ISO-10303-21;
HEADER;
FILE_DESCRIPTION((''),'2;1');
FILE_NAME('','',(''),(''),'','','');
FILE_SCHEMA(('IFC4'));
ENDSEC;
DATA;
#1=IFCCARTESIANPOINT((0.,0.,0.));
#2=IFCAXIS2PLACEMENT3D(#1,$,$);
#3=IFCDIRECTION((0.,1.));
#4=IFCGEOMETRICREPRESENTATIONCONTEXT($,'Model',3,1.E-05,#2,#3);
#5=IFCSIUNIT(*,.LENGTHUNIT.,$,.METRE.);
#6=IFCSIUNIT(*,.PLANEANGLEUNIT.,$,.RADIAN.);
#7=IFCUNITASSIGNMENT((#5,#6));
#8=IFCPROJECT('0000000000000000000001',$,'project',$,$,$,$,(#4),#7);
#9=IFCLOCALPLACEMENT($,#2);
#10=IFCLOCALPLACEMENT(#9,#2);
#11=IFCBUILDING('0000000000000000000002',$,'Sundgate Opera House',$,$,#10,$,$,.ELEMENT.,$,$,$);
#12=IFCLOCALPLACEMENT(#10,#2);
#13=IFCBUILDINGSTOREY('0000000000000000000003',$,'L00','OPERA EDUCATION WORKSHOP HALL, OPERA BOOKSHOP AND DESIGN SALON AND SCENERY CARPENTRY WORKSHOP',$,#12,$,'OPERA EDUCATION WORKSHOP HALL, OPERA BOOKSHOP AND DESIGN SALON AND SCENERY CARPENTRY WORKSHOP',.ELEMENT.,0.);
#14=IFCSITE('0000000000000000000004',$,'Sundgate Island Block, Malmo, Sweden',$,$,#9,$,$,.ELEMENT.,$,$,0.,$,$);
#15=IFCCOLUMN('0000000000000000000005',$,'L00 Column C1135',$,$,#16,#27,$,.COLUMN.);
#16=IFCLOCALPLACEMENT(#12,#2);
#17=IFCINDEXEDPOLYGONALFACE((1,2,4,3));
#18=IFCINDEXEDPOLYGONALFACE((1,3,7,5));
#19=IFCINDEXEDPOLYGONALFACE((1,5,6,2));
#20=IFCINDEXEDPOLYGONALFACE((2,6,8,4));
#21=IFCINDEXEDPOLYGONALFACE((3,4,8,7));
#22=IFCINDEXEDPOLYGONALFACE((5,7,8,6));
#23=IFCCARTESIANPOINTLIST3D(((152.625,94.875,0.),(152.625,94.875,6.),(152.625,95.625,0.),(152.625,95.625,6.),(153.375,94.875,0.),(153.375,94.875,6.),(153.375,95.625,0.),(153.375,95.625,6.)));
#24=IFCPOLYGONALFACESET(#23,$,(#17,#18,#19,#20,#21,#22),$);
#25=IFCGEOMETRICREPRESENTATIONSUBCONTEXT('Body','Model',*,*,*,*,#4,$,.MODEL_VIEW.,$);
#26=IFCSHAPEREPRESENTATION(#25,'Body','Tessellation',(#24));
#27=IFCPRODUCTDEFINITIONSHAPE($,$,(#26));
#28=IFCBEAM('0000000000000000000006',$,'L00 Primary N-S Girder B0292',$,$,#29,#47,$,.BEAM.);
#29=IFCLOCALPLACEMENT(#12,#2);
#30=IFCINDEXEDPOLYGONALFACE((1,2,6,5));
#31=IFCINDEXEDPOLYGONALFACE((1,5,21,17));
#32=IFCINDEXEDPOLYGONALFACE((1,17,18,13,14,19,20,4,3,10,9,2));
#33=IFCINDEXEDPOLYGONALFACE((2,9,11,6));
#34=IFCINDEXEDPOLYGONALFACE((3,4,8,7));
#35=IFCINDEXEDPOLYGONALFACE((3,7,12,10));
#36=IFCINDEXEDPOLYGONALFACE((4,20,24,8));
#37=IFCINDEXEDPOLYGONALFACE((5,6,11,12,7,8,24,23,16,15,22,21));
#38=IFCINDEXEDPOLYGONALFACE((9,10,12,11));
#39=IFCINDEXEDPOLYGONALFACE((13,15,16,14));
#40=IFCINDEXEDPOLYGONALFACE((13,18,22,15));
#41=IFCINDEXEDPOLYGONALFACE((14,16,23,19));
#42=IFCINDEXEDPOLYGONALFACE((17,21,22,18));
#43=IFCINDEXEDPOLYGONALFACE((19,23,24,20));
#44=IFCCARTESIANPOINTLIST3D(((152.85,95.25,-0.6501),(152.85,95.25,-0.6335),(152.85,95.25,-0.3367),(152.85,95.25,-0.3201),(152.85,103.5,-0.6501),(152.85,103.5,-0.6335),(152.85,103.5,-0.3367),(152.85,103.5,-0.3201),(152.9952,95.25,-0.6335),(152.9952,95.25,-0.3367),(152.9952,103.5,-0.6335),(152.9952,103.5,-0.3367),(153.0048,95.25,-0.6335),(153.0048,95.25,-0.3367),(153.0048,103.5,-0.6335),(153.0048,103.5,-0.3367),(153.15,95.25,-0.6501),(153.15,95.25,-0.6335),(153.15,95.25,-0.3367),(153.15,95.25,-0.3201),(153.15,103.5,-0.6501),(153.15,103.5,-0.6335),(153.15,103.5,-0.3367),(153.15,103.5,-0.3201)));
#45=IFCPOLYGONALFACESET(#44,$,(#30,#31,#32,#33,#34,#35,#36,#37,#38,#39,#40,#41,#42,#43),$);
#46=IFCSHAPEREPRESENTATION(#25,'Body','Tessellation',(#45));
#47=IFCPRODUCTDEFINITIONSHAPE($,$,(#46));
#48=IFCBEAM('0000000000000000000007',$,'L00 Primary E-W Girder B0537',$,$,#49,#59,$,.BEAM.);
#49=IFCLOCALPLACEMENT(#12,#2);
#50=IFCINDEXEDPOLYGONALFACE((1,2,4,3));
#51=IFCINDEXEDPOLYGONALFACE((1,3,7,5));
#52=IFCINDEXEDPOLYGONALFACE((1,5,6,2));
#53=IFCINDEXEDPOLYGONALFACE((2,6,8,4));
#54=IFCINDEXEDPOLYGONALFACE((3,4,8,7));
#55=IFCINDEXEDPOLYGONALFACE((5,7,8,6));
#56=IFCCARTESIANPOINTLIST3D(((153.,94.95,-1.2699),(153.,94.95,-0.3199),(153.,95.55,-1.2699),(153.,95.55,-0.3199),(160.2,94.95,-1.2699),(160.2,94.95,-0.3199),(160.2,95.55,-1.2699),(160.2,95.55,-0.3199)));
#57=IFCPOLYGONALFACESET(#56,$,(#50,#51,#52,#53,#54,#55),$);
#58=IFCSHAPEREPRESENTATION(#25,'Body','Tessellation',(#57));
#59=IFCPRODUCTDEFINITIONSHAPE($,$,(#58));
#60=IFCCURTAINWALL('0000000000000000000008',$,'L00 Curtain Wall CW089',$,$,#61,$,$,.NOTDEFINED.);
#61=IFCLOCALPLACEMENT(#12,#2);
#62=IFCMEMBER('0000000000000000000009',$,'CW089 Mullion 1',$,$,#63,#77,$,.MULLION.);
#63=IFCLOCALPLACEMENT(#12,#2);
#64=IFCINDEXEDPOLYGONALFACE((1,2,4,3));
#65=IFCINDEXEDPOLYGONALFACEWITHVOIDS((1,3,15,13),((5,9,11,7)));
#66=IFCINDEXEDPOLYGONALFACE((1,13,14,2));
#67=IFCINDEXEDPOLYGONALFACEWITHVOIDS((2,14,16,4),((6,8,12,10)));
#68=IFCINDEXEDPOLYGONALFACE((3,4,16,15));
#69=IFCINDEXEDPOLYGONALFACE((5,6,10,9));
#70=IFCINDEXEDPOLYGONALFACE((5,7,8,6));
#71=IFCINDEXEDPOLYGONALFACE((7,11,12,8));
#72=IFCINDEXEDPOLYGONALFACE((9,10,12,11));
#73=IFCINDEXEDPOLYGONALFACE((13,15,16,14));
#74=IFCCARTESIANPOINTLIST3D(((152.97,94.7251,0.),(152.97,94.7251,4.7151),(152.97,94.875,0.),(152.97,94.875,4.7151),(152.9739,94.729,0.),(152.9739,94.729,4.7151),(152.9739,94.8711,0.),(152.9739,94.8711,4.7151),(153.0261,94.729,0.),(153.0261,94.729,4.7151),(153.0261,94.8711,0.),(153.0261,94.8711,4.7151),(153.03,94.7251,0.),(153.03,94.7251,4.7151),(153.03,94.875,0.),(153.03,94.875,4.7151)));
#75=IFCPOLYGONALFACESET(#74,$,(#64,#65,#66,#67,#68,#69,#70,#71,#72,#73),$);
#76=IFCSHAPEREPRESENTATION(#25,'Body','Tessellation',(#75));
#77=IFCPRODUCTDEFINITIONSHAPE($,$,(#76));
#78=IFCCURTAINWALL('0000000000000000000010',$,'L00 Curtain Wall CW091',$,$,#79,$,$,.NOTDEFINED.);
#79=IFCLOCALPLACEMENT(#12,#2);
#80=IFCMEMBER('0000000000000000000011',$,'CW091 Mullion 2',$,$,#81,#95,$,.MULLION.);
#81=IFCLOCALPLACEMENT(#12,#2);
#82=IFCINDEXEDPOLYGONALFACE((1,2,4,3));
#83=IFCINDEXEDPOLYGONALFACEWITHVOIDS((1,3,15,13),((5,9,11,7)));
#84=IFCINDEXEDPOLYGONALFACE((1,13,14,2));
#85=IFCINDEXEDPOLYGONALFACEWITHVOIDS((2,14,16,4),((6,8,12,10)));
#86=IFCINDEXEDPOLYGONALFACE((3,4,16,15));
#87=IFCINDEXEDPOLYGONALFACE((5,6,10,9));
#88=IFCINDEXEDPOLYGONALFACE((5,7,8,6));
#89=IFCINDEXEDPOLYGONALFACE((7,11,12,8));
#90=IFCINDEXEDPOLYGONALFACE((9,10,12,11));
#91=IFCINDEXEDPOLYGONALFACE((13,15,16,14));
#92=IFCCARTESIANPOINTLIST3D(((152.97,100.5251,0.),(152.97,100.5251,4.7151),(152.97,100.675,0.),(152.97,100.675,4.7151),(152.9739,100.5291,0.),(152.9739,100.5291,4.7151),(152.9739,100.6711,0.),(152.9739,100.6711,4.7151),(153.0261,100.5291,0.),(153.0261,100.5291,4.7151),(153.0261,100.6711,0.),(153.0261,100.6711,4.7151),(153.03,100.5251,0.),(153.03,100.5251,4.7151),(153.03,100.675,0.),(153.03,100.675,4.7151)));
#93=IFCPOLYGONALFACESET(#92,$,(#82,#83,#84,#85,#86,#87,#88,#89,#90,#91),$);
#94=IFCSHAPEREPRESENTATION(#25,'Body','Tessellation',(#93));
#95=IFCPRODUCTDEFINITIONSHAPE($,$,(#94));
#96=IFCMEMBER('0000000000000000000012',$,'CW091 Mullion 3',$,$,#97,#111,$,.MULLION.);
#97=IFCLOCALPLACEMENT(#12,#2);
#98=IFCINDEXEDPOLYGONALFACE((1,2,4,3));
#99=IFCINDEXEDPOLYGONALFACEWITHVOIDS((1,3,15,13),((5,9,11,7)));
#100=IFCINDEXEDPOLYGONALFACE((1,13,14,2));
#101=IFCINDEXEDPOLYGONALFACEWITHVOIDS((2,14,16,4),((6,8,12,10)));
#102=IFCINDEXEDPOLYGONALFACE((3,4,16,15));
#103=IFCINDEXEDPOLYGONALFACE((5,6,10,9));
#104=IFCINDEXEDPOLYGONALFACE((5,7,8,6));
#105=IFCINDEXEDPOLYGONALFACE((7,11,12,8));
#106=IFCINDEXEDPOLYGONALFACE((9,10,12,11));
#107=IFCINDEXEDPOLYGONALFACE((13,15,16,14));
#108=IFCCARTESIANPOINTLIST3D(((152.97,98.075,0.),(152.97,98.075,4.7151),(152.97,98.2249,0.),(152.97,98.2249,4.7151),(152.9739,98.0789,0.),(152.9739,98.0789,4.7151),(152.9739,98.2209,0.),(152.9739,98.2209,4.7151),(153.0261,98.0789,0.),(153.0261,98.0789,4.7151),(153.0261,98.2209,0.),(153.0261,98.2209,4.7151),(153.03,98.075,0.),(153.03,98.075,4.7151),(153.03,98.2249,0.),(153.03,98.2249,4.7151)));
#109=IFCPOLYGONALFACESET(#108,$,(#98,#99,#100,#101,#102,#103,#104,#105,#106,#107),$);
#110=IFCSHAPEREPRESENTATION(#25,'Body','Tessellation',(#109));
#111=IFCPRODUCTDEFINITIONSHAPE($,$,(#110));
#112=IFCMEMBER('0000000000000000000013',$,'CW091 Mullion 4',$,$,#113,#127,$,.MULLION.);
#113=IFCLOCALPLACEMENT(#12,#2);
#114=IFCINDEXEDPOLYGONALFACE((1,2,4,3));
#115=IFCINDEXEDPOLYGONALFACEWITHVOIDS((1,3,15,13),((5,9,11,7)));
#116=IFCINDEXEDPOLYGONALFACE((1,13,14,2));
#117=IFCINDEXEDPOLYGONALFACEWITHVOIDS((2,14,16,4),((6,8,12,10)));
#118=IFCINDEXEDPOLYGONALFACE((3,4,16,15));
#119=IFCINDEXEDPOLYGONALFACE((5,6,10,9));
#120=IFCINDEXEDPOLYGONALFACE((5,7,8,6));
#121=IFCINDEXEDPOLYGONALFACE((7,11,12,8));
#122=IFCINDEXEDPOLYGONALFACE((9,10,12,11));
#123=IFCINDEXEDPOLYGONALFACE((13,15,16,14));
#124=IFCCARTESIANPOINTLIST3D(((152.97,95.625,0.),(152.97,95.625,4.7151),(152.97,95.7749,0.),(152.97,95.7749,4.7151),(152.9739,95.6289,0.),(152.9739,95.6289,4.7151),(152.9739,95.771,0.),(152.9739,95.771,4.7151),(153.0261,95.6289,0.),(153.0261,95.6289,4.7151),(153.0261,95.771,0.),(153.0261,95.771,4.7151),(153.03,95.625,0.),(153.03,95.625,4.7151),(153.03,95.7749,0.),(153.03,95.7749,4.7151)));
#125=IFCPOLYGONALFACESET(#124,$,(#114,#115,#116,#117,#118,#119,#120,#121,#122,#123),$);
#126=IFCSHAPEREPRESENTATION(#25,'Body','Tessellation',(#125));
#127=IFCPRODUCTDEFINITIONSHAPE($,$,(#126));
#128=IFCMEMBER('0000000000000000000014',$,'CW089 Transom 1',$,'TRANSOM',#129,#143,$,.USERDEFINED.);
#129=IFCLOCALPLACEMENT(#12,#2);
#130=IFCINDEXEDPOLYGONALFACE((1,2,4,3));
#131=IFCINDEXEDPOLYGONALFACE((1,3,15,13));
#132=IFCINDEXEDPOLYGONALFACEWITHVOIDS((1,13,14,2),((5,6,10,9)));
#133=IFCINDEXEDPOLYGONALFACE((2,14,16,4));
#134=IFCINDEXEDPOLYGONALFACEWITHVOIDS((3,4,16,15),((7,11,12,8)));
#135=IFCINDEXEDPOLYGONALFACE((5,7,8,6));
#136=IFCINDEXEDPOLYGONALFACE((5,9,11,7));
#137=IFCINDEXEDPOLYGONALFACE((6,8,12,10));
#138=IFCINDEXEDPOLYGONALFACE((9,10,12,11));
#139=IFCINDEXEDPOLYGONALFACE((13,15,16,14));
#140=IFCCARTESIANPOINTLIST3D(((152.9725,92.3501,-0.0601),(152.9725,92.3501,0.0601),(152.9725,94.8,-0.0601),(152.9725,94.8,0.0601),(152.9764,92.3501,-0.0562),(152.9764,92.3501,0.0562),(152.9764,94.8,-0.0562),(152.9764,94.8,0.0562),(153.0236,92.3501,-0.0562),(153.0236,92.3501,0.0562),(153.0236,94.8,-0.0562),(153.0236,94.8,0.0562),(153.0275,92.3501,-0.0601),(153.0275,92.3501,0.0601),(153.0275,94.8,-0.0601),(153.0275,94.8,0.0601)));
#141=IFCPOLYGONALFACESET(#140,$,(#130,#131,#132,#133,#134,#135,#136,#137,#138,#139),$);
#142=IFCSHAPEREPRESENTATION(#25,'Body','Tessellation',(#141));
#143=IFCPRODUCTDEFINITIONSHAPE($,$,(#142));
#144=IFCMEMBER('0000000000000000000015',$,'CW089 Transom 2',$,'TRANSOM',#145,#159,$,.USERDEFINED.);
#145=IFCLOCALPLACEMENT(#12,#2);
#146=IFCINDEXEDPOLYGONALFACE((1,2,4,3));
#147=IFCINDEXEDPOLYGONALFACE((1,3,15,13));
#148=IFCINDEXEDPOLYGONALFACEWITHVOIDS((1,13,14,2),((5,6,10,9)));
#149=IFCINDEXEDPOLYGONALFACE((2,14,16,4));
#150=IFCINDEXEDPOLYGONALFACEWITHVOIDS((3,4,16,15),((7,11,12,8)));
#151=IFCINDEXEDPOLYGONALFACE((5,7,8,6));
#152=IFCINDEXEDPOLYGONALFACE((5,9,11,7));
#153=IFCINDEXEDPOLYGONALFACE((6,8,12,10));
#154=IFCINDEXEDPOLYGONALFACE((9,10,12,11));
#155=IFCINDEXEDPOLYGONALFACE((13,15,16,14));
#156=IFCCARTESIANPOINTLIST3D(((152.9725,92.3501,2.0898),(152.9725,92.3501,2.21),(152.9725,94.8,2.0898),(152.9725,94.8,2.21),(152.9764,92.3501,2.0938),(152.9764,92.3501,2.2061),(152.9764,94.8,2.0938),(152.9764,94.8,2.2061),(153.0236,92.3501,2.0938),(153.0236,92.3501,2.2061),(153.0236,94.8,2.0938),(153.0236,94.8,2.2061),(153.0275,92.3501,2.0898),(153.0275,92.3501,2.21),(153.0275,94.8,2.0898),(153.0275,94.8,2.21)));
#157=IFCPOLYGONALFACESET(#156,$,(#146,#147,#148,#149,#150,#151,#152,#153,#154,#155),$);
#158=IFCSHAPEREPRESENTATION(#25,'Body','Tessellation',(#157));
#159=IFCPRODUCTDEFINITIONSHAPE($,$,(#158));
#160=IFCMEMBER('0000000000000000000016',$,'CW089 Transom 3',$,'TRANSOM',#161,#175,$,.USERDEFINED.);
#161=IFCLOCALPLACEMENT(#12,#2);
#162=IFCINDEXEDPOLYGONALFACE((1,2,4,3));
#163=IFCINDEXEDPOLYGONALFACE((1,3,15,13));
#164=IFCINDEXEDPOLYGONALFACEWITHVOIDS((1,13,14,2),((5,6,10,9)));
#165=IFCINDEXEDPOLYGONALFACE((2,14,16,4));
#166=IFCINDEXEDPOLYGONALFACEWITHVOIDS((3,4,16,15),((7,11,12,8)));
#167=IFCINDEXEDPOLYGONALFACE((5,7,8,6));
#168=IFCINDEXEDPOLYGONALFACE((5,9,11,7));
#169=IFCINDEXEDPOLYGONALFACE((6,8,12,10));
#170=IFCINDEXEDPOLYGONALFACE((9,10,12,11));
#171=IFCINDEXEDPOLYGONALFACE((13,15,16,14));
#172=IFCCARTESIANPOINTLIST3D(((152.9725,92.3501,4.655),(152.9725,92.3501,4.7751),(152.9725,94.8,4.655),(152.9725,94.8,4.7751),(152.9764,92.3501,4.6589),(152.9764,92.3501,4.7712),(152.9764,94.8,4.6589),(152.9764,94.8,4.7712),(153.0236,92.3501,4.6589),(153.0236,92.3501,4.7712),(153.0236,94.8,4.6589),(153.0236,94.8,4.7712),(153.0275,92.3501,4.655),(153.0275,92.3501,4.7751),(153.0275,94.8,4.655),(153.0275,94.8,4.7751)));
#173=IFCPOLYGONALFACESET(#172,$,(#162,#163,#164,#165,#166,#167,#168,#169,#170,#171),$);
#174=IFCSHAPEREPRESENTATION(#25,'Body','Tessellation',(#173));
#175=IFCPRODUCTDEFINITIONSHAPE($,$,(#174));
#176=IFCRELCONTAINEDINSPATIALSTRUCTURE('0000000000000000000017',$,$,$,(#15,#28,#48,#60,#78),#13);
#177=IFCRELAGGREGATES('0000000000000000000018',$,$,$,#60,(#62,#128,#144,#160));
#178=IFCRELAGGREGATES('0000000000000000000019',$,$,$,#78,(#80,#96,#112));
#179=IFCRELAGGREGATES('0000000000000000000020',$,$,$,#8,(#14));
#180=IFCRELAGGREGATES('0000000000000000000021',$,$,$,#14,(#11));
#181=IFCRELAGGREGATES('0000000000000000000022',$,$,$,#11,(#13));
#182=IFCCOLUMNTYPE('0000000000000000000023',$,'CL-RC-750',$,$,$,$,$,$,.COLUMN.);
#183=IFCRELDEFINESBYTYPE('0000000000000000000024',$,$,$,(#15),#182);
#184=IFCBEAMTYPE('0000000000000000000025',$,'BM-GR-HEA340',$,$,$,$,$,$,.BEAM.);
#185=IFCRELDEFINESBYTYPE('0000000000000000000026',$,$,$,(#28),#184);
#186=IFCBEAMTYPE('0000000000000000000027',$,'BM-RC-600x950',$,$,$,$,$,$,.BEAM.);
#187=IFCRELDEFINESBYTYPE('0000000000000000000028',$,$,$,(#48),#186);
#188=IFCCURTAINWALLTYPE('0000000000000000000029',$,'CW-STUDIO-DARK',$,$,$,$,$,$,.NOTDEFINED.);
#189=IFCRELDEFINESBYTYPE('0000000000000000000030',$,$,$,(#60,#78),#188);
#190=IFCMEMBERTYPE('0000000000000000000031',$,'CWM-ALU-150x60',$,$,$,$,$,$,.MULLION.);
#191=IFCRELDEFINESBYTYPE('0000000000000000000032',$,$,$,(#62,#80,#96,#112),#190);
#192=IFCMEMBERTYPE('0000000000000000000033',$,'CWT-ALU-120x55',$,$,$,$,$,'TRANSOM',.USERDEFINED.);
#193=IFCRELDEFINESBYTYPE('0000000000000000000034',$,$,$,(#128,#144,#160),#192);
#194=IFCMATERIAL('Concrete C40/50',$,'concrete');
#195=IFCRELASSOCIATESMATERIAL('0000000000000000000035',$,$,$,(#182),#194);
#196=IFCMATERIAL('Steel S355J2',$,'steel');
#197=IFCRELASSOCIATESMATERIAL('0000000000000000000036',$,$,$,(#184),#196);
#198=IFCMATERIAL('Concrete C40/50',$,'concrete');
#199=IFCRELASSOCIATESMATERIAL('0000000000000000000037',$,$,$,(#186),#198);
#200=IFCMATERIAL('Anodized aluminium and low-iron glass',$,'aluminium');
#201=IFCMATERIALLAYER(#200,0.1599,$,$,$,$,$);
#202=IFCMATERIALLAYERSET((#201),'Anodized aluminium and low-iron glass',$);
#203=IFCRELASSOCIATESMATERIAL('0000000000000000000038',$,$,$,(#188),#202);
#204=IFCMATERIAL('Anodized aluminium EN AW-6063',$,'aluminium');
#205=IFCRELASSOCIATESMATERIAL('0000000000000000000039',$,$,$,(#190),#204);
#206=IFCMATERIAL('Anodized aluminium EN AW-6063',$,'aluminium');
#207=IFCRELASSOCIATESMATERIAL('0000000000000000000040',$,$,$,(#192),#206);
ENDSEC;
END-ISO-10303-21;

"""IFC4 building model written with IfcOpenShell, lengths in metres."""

from ifc_helpers import new_model, si_unit, direction, frame, origin, origin_2d, place, context, subcontext, project, spatial, rectangle, hollow_rectangle, i_section, extrude, material, layer, layer_set, material_profile, profile_set, type_object, element, aggregate, save


model = new_model("IFC4")

# Units and contexts
model_context = context("Model", 3, precision=1e-05, world=origin(), true_north=direction((0.0, 1.0)))
body_context = subcontext(model_context, "Body", "Model", "MODEL_VIEW")
ifc_project = project(units=[si_unit("LENGTHUNIT", "METRE"), si_unit("PLANEANGLEUNIT", "RADIAN")], contexts=[model_context])

# Site, building, storey
site_placement = place(None, origin())
site = spatial("IfcSite", under=ifc_project, at=site_placement, Name="Sundgate Island Block, Malmo, Sweden", CompositionType="ELEMENT", RefElevation=0.0)
building_placement = place(site_placement, origin())
building = spatial("IfcBuilding", under=site, at=building_placement, Name="Sundgate Opera House", CompositionType="ELEMENT")
storey_placement = place(building_placement, origin())
storey = spatial("IfcBuildingStorey", under=building, at=storey_placement, Name="L00", Description="OPERA EDUCATION WORKSHOP HALL, OPERA BOOKSHOP AND DESIGN SALON AND SCENERY CARPENTRY WORKSHOP", LongName="OPERA EDUCATION WORKSHOP HALL, OPERA BOOKSHOP AND DESIGN SALON AND SCENERY CARPENTRY WORKSHOP", CompositionType="ELEMENT", Elevation=0.0)

# Column
ifc_material_1 = material(Name="Concrete C40/50", Category="concrete")
ifc_material_profile_1 = material_profile(ifc_material_1, rectangle(XDim=0.75, YDim=0.75, at=origin_2d()), Name="RC 750x750")
ifc_profile_set_1 = profile_set([ifc_material_profile_1], Name="Concrete C40/50")
column_type = type_object("IfcColumnType", Name="CL-RC-750", PredefinedType="COLUMN", material=ifc_profile_set_1)
column_placement = place(storey_placement, frame((153.0, 95.25, 0.0), z_axis=(0.0, 0.0, 1.0), x_axis=(1.0, 0.0, 0.0)))
element("IfcColumn", 1, at=column_placement, inside=storey, type_object=column_type, Name="L00 Column C1135", PredefinedType="COLUMN", context=body_context, shape_type="SweptSolid", body=[
    extrude(rectangle(XDim=0.75, YDim=0.75, at=origin_2d()), origin(), (0.0, 0.0, 1.0), 6.0),
])

# Beams
ifc_material_2 = material(Name="Steel S355J2", Category="steel")
ifc_material_profile_2 = material_profile(ifc_material_2, i_section(OverallWidth=0.3, OverallDepth=0.3301, WebThickness=0.0095, FlangeThickness=0.0166, at=origin_2d()), Name="HEA 340")
ifc_profile_set_2 = profile_set([ifc_material_profile_2], Name="Steel S355J2")
beam_type_1 = type_object("IfcBeamType", Name="BM-GR-HEA340", PredefinedType="BEAM", material=ifc_profile_set_2)
beam_1_placement = place(storey_placement, frame((153.0, 95.25, -0.4851), z_axis=(0.0, 1.0, 0.0), x_axis=(-1.0, 0.0, 0.0)))
element("IfcBeam", 2, at=beam_1_placement, inside=storey, type_object=beam_type_1, Name="L00 Primary N-S Girder B0292", PredefinedType="BEAM", context=body_context, shape_type="SweptSolid", body=[
    extrude(i_section(OverallWidth=0.3, OverallDepth=0.3301, WebThickness=0.0095, FlangeThickness=0.0166, at=origin_2d()), origin(), (0.0, 0.0, 1.0), 8.25),
])
ifc_material_3 = material(Name="Concrete C40/50", Category="concrete")
ifc_material_profile_3 = material_profile(ifc_material_3, rectangle(XDim=0.6001, YDim=0.95, at=origin_2d()), Name="RC 600x950")
ifc_profile_set_3 = profile_set([ifc_material_profile_3], Name="Concrete C40/50")
beam_type_2 = type_object("IfcBeamType", Name="BM-RC-600x950", PredefinedType="BEAM", material=ifc_profile_set_3)
beam_2_placement = place(storey_placement, frame((153.0, 95.25, -0.7949), z_axis=(1.0, 0.0, 0.0), x_axis=(0.0, 1.0, 0.0)))
element("IfcBeam", 3, at=beam_2_placement, inside=storey, type_object=beam_type_2, Name="L00 Primary E-W Girder B0537", PredefinedType="BEAM", context=body_context, shape_type="SweptSolid", body=[
    extrude(rectangle(XDim=0.6001, YDim=0.95, at=origin_2d()), origin(), (0.0, 0.0, 1.0), 7.2),
])

# Curtain wall, member
ifc_material_4 = material(Name="Anodized aluminium and low-iron glass", Category="aluminium")
ifc_layer_1 = layer(ifc_material_4, 0.1599)
ifc_layer_set_1 = layer_set([ifc_layer_1], Name="Anodized aluminium and low-iron glass")
curtain_wall_type = type_object("IfcCurtainWallType", Name="CW-STUDIO-DARK", PredefinedType="NOTDEFINED", material=ifc_layer_set_1)
curtain_wall_1_placement = place(storey_placement, origin())
curtain_wall_1 = element("IfcCurtainWall", 4, at=curtain_wall_1_placement, inside=storey, type_object=curtain_wall_type, Name="L00 Curtain Wall CW089", PredefinedType="NOTDEFINED")
ifc_material_5 = material(Name="Anodized aluminium EN AW-6063", Category="aluminium")
ifc_material_profile_4 = material_profile(ifc_material_5, hollow_rectangle(XDim=0.0601, YDim=0.1499, WallThickness=0.0039, at=origin_2d()), Name="CWM 150x60x4")
ifc_profile_set_4 = profile_set([ifc_material_profile_4], Name="Anodized aluminium EN AW-6063")
member_type_1 = type_object("IfcMemberType", Name="CWM-ALU-150x60", PredefinedType="MULLION", material=ifc_profile_set_4)
member_1_placement = place(storey_placement, frame((153.0, 94.8, 0.0), z_axis=(0.0, 0.0, 1.0), x_axis=(1.0, 0.0, 0.0)))
member_1 = element("IfcMember", 5, at=member_1_placement, type_object=member_type_1, Name="CW089 Mullion 1", PredefinedType="MULLION", context=body_context, shape_type="SweptSolid", body=[
    extrude(hollow_rectangle(XDim=0.0601, YDim=0.1499, WallThickness=0.0039, at=origin_2d()), origin(), (0.0, 0.0, 1.0), 4.7151),
])

# Curtain wall, members
curtain_wall_2_placement = place(storey_placement, origin())
curtain_wall_2 = element("IfcCurtainWall", 6, at=curtain_wall_2_placement, inside=storey, type_object=curtain_wall_type, Name="L00 Curtain Wall CW091", PredefinedType="NOTDEFINED")
member_2_placement = place(storey_placement, frame((153.0, 100.6001, 0.0), z_axis=(0.0, 0.0, 1.0), x_axis=(1.0, 0.0, 0.0)))
member_2 = element("IfcMember", 7, at=member_2_placement, type_object=member_type_1, Name="CW091 Mullion 2", PredefinedType="MULLION", context=body_context, shape_type="SweptSolid", body=[
    extrude(hollow_rectangle(XDim=0.0601, YDim=0.1499, WallThickness=0.0039, at=origin_2d()), origin(), (0.0, 0.0, 1.0), 4.7151),
])
member_3_placement = place(storey_placement, frame((153.0, 98.1499, 0.0), z_axis=(0.0, 0.0, 1.0), x_axis=(1.0, 0.0, 0.0)))
member_3 = element("IfcMember", 8, at=member_3_placement, type_object=member_type_1, Name="CW091 Mullion 3", PredefinedType="MULLION", context=body_context, shape_type="SweptSolid", body=[
    extrude(hollow_rectangle(XDim=0.0601, YDim=0.1499, WallThickness=0.0039, at=origin_2d()), origin(), (0.0, 0.0, 1.0), 4.7151),
])
member_4_placement = place(storey_placement, frame((153.0, 95.7, 0.0), z_axis=(0.0, 0.0, 1.0), x_axis=(1.0, 0.0, 0.0)))
member_4 = element("IfcMember", 9, at=member_4_placement, type_object=member_type_1, Name="CW091 Mullion 4", PredefinedType="MULLION", context=body_context, shape_type="SweptSolid", body=[
    extrude(hollow_rectangle(XDim=0.0601, YDim=0.1499, WallThickness=0.0039, at=origin_2d()), origin(), (0.0, 0.0, 1.0), 4.7151),
])

# Members
ifc_material_6 = material(Name="Anodized aluminium EN AW-6063", Category="aluminium")
ifc_material_profile_5 = material_profile(ifc_material_6, hollow_rectangle(XDim=0.0549, YDim=0.1201, WallThickness=0.0039, at=origin_2d()), Name="CWT 120x55x4")
ifc_profile_set_5 = profile_set([ifc_material_profile_5], Name="Anodized aluminium EN AW-6063")
member_type_2 = type_object("IfcMemberType", Name="CWT-ALU-120x55", ElementType="TRANSOM", PredefinedType="USERDEFINED", material=ifc_profile_set_5)
member_5_placement = place(storey_placement, frame((153.0, 94.8, 0.0), z_axis=(0.0, -1.0, 0.0), x_axis=(1.0, 0.0, 0.0)))
member_5 = element("IfcMember", 10, at=member_5_placement, type_object=member_type_2, Name="CW089 Transom 1", ObjectType="TRANSOM", PredefinedType="USERDEFINED", context=body_context, shape_type="SweptSolid", body=[
    extrude(hollow_rectangle(XDim=0.0549, YDim=0.1201, WallThickness=0.0039, at=origin_2d()), origin(), (0.0, 0.0, 1.0), 2.45),
])
member_6_placement = place(storey_placement, frame((153.0, 94.8, 2.1499), z_axis=(0.0, -1.0, 0.0), x_axis=(1.0, 0.0, 0.0)))
member_6 = element("IfcMember", 11, at=member_6_placement, type_object=member_type_2, Name="CW089 Transom 2", ObjectType="TRANSOM", PredefinedType="USERDEFINED", context=body_context, shape_type="SweptSolid", body=[
    extrude(hollow_rectangle(XDim=0.0549, YDim=0.1201, WallThickness=0.0039, at=origin_2d()), origin(), (0.0, 0.0, 1.0), 2.45),
])
member_7_placement = place(storey_placement, frame((153.0, 94.8, 4.7151), z_axis=(0.0, -1.0, 0.0), x_axis=(1.0, 0.0, 0.0)))
member_7 = element("IfcMember", 12, at=member_7_placement, type_object=member_type_2, Name="CW089 Transom 3", ObjectType="TRANSOM", PredefinedType="USERDEFINED", context=body_context, shape_type="SweptSolid", body=[
    extrude(hollow_rectangle(XDim=0.0549, YDim=0.1201, WallThickness=0.0039, at=origin_2d()), origin(), (0.0, 0.0, 1.0), 2.45),
])

aggregate(curtain_wall_1, [member_1, member_5, member_6, member_7])
aggregate(curtain_wall_2, [member_2, member_3, member_4])

save(model, "model.ifc")
